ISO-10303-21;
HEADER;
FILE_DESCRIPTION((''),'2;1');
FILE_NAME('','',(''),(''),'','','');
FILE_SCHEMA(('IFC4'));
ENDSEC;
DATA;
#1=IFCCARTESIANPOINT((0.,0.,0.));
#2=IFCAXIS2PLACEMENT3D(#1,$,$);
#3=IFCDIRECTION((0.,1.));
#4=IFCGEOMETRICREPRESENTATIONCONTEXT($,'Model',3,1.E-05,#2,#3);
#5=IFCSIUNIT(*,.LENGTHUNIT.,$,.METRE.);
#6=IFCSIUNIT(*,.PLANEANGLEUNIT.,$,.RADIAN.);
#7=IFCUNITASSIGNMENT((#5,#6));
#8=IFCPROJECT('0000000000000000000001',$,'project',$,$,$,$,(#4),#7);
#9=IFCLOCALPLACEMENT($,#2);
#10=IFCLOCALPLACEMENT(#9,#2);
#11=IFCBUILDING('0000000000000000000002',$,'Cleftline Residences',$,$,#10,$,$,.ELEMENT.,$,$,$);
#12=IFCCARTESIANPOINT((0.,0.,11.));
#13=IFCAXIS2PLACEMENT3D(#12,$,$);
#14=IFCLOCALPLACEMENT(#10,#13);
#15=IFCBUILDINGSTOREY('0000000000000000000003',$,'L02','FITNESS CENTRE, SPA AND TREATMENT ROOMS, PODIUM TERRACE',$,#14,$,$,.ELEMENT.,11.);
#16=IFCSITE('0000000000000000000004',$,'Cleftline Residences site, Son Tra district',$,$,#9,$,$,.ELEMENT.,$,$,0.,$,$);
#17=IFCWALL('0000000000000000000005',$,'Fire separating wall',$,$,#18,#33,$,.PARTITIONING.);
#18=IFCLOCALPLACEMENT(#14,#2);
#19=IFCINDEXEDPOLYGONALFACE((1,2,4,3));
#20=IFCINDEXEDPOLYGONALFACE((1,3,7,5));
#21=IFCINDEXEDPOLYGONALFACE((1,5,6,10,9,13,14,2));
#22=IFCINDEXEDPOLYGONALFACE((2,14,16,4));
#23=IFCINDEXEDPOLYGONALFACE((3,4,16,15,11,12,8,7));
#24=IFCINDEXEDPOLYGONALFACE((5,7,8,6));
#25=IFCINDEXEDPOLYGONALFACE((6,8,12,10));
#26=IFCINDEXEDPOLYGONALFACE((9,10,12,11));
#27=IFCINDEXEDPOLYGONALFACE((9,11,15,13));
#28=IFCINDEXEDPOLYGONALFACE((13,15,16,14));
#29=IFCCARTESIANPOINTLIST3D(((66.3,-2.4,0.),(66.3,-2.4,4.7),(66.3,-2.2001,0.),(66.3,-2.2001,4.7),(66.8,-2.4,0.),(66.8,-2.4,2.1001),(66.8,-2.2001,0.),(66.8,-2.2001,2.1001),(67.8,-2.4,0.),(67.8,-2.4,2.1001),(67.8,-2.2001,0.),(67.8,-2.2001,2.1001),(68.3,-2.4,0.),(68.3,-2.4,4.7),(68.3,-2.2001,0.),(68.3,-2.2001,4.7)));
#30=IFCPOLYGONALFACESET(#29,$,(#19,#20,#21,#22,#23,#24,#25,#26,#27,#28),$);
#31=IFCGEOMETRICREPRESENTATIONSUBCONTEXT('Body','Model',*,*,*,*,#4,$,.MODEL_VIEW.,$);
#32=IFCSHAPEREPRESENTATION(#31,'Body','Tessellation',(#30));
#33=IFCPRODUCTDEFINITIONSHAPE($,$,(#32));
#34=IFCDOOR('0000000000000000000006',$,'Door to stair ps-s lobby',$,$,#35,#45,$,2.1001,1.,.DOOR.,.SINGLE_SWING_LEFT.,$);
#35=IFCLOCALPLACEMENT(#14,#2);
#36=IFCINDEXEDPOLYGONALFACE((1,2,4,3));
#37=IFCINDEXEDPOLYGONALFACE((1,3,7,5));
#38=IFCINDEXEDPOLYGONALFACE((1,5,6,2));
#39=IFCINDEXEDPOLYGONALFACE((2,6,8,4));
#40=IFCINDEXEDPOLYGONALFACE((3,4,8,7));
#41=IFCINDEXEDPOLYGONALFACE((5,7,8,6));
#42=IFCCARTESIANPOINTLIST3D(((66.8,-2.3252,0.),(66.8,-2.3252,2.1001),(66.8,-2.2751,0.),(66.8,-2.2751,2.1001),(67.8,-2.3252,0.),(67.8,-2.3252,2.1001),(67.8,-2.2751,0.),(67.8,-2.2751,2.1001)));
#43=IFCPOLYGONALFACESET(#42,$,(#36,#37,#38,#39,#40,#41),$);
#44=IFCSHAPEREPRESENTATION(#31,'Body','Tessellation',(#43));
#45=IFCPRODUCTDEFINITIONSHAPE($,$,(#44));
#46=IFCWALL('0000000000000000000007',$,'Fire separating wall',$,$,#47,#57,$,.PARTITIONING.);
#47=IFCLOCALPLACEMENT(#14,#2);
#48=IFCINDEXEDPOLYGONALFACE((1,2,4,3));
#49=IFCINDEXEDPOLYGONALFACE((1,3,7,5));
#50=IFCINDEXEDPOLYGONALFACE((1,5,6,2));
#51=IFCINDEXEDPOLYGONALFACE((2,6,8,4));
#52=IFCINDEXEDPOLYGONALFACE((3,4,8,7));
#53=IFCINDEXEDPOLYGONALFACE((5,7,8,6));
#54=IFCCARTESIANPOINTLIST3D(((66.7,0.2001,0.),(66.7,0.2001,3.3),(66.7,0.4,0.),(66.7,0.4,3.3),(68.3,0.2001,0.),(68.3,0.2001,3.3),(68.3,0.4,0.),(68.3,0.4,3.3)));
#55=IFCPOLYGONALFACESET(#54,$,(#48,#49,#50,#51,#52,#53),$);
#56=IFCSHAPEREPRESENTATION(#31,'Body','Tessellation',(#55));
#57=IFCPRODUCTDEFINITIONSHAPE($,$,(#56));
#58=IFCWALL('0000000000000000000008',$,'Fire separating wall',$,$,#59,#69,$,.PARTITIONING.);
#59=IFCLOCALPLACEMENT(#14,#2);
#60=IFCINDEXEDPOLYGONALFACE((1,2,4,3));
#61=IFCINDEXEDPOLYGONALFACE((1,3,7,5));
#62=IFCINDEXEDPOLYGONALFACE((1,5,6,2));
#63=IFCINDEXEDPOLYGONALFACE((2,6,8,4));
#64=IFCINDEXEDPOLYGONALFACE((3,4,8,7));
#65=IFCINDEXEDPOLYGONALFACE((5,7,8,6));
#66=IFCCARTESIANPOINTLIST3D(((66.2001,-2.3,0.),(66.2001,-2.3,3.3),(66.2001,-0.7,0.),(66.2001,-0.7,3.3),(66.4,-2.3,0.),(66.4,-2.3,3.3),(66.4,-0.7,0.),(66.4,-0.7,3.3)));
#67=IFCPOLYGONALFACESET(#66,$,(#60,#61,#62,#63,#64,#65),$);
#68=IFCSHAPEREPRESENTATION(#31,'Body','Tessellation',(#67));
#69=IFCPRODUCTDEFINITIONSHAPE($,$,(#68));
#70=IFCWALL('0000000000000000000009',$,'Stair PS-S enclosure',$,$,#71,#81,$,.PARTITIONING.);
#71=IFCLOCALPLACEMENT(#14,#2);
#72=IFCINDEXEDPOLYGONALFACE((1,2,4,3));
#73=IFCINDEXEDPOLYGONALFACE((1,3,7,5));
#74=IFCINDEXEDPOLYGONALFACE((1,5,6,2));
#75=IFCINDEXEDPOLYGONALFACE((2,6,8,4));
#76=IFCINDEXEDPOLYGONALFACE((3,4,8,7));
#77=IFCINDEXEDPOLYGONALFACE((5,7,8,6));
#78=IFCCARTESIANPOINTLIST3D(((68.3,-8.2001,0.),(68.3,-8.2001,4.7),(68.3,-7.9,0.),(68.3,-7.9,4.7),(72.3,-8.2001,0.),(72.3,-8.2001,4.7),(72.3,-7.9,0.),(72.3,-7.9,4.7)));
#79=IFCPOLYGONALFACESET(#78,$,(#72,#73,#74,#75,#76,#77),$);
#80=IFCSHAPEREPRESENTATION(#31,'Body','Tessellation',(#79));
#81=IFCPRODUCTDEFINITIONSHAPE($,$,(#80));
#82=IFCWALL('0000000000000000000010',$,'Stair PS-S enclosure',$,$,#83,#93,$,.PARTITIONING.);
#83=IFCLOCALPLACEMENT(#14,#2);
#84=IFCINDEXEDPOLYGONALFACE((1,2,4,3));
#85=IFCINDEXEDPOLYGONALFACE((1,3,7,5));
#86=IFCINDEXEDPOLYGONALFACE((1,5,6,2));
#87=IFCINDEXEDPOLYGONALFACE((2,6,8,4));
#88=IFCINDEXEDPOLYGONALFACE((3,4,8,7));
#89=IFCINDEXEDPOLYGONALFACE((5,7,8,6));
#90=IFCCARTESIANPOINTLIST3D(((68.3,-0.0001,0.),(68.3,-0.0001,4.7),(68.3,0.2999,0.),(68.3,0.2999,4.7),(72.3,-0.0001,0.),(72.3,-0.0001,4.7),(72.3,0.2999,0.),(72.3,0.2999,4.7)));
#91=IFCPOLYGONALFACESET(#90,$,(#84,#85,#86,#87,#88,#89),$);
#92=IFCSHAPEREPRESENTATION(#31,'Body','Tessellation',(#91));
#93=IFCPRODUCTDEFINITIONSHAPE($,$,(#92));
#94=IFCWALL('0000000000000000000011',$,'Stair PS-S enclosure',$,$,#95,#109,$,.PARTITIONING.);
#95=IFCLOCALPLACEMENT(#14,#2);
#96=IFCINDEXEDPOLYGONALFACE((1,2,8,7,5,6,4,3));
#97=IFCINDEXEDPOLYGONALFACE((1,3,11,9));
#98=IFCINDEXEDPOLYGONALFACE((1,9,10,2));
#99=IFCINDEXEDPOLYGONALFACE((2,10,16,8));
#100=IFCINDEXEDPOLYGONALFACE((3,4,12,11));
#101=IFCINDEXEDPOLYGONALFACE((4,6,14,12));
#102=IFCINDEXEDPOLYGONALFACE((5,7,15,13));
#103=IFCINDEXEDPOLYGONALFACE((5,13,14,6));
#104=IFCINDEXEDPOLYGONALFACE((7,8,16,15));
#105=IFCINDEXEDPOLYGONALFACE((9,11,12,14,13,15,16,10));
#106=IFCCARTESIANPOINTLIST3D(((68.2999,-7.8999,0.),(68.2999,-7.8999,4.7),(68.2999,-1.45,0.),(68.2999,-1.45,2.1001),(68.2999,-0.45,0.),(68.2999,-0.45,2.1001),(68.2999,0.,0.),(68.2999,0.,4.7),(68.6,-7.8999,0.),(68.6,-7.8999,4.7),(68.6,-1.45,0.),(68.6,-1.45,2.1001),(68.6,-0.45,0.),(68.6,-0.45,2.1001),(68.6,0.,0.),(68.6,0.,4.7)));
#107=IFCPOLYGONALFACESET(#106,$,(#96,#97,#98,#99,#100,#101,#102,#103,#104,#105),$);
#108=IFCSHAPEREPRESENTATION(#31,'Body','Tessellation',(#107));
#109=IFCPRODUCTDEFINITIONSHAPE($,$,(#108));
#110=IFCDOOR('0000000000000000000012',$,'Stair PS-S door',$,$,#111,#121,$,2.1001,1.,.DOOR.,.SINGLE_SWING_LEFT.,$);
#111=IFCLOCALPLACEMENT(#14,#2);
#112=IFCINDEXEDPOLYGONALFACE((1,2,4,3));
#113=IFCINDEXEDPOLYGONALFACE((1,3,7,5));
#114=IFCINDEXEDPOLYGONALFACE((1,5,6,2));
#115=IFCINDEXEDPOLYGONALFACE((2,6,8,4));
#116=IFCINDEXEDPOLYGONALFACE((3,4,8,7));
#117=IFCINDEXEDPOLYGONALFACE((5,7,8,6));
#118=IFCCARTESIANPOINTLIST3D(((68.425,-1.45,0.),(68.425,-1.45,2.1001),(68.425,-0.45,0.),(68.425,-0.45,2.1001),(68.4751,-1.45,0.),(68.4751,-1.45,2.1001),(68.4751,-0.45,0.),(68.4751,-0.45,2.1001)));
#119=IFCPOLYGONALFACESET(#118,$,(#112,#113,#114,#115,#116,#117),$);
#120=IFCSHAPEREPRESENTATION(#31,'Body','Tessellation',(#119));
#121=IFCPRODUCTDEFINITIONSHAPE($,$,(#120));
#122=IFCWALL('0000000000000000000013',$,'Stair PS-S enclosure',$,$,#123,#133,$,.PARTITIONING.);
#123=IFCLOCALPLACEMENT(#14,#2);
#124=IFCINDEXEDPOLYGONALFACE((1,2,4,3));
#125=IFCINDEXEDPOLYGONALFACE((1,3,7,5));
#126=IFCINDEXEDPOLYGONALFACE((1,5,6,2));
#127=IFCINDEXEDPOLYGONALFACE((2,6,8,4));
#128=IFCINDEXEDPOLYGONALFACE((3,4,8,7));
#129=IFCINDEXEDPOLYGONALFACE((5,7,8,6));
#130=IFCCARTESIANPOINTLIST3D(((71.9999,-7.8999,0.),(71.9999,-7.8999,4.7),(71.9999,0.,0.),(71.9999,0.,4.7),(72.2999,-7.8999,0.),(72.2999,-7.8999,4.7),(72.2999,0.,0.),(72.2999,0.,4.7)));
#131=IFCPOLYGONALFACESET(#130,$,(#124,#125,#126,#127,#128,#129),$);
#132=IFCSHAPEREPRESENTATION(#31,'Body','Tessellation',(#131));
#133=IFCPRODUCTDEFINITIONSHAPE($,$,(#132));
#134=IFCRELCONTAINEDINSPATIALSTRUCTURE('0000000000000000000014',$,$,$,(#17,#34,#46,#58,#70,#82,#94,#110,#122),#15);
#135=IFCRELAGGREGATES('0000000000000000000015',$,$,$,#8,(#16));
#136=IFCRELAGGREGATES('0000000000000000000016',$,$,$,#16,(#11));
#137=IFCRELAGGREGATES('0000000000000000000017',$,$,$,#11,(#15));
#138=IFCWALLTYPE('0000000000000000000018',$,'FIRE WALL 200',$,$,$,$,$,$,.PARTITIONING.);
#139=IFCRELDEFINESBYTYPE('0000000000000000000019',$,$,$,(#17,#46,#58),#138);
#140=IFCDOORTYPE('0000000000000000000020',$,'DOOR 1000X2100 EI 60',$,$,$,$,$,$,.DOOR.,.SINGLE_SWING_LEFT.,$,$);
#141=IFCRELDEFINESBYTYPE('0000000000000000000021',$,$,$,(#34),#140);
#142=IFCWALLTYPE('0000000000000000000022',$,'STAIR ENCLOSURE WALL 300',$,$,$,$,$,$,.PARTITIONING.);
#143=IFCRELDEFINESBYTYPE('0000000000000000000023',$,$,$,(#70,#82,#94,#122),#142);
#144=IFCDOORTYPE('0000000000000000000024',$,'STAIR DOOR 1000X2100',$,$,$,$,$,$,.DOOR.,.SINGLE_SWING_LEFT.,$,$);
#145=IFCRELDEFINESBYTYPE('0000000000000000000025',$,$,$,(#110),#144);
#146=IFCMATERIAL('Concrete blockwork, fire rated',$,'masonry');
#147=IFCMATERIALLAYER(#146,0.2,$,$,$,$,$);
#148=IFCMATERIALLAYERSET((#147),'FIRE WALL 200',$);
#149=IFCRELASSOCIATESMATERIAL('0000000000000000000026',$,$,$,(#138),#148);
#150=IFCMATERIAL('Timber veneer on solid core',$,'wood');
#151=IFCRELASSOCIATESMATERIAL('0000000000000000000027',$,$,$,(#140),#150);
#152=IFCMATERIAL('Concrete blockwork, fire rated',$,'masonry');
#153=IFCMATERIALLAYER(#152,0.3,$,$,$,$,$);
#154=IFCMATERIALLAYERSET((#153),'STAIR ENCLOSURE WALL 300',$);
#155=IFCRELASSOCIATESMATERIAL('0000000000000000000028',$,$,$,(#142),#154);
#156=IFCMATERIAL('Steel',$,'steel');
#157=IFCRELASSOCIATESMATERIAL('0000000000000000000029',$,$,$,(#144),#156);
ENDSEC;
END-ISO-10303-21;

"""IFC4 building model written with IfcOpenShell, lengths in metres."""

from ifc_helpers import new_model, si_unit, direction, frame, frame_2d, origin, place, context, subcontext, project, spatial, rectangle, extrude, material, layer, layer_set, type_object, element, fill, save


model = new_model("IFC4")

# Units and contexts
model_context = context("Model", 3, precision=1e-05, world=origin(), true_north=direction((0.0, 1.0)))
body_context = subcontext(model_context, "Body", "Model", "MODEL_VIEW")
ifc_project = project(units=[si_unit("LENGTHUNIT", "METRE"), si_unit("PLANEANGLEUNIT", "RADIAN")], contexts=[model_context])

# Site, building, storey
site_placement = place(None, origin())
site = spatial("IfcSite", under=ifc_project, at=site_placement, Name="Cleftline Residences site, Son Tra district", CompositionType="ELEMENT", RefElevation=0.0)
building_placement = place(site_placement, origin())
building = spatial("IfcBuilding", under=site, at=building_placement, Name="Cleftline Residences", CompositionType="ELEMENT")
storey_placement = place(building_placement, frame((0.0, 0.0, 11.0)))
storey = spatial("IfcBuildingStorey", under=building, at=storey_placement, Name="L02", Description="FITNESS CENTRE, SPA AND TREATMENT ROOMS, PODIUM TERRACE", CompositionType="ELEMENT", Elevation=11.0)

# Wall, opening, door
ifc_material_1 = material(Name="Concrete blockwork, fire rated", Category="masonry")
ifc_layer_1 = layer(ifc_material_1, 0.2)
ifc_layer_set_1 = layer_set([ifc_layer_1], Name="FIRE WALL 200")
wall_type_1 = type_object("IfcWallType", Name="FIRE WALL 200", PredefinedType="PARTITIONING", material=ifc_layer_set_1)
wall_1_placement = place(storey_placement, frame((66.3, -2.3, 0.0), z_axis=(0.0, 0.0, 1.0), x_axis=(1.0, 0.0, 0.0)))
wall_1 = element("IfcWall", 1, at=wall_1_placement, inside=storey, type_object=wall_type_1, Name="Fire separating wall", PredefinedType="PARTITIONING", context=body_context, shape_type="SweptSolid", body=[
    extrude(rectangle(XDim=2.0, YDim=0.2, at=frame_2d((1.0, 0.0))), origin(), (0.0, 0.0, 1.0), 4.7),
])
opening_1_placement = place(wall_1_placement, frame((0.5, 0.0, 0.0)))
opening_1 = element("IfcOpeningElement", 2, at=opening_1_placement, cuts=wall_1, PredefinedType="OPENING", context=body_context, shape_type="SweptSolid", body=[
    extrude(rectangle(XDim=1.0, YDim=2.1001, at=frame_2d((0.5, 1.05))), frame((0.0, 0.1099, 0.0), z_axis=(0.0, -1.0, 0.0), x_axis=(1.0, 0.0, 0.0)), (0.0, 0.0, 1.0), 0.22),
])
ifc_material_2 = material(Name="Timber veneer on solid core", Category="wood")
door_type_1 = type_object("IfcDoorType", Name="DOOR 1000X2100 EI 60", OperationType="SINGLE_SWING_LEFT", PredefinedType="DOOR", material=ifc_material_2)
door_1_placement = place(opening_1_placement, origin())
door_1 = element("IfcDoor", 3, at=door_1_placement, inside=storey, type_object=door_type_1, Name="Door to stair ps-s lobby", OperationType="SINGLE_SWING_LEFT", OverallHeight=2.1001, OverallWidth=1.0, PredefinedType="DOOR", context=body_context, shape_type="SweptSolid", body=[
    extrude(rectangle(XDim=1.0, YDim=2.1001, at=frame_2d((0.5, 1.05))), frame((0.0, 0.0249, 0.0), z_axis=(0.0, -1.0, 0.0), x_axis=(1.0, 0.0, 0.0)), (0.0, 0.0, 1.0), 0.05),
])
fill(opening_1, door_1)

# Walls
for number, where, z_axis, x_axis, name in (
    (4, (66.7, 0.3, 0.0), (0.0, 0.0, 1.0), (1.0, 0.0, 0.0), "Fire separating wall"),
    (5, (66.3, -2.3, 0.0), (0.0, 0.0, 1.0), (0.0, 1.0, 0.0), "Fire separating wall"),
):
    element("IfcWall", number, at=place(storey_placement, frame(where, z_axis=z_axis, x_axis=x_axis)), inside=storey, type_object=wall_type_1, Name=name, PredefinedType="PARTITIONING", context=body_context, shape_type="SweptSolid", body=[
        extrude(rectangle(XDim=1.6001, YDim=0.2, at=frame_2d((0.8, 0.0))), origin(), (0.0, 0.0, 1.0), 3.3),
    ])
ifc_material_3 = material(Name="Concrete blockwork, fire rated", Category="masonry")
ifc_layer_2 = layer(ifc_material_3, 0.3)
ifc_layer_set_2 = layer_set([ifc_layer_2], Name="STAIR ENCLOSURE WALL 300")
wall_type_2 = type_object("IfcWallType", Name="STAIR ENCLOSURE WALL 300", PredefinedType="PARTITIONING", material=ifc_layer_set_2)
for number, where, z_axis, x_axis, name in (
    (6, (68.3, -8.05, 0.0), (0.0, 0.0, 1.0), (1.0, 0.0, 0.0), "Stair PS-S enclosure"),
    (7, (68.3, 0.1499, 0.0), (0.0, 0.0, 1.0), (1.0, 0.0, 0.0), "Stair PS-S enclosure"),
):
    element("IfcWall", number, at=place(storey_placement, frame(where, z_axis=z_axis, x_axis=x_axis)), inside=storey, type_object=wall_type_2, Name=name, PredefinedType="PARTITIONING", context=body_context, shape_type="SweptSolid", body=[
        extrude(rectangle(XDim=4.0, YDim=0.3, at=frame_2d((2.0, 0.0))), origin(), (0.0, 0.0, 1.0), 4.7),
    ])

# Wall, opening, door
wall_2_placement = place(storey_placement, frame((68.45, -7.8999, 0.0), z_axis=(0.0, 0.0, 1.0), x_axis=(0.0, 1.0, 0.0)))
wall_2 = element("IfcWall", 8, at=wall_2_placement, inside=storey, type_object=wall_type_2, Name="Stair PS-S enclosure", PredefinedType="PARTITIONING", context=body_context, shape_type="SweptSolid", body=[
    extrude(rectangle(XDim=7.8999, YDim=0.3, at=frame_2d((3.95, 0.0))), origin(), (0.0, 0.0, 1.0), 4.7),
])
opening_2_placement = place(wall_2_placement, frame((6.45, 0.0, 0.0)))
opening_2 = element("IfcOpeningElement", 9, at=opening_2_placement, cuts=wall_2, PredefinedType="OPENING", context=body_context, shape_type="SweptSolid", body=[
    extrude(rectangle(XDim=1.0, YDim=2.1001, at=frame_2d((0.5, 1.05))), frame((0.0, 0.1599, 0.0), z_axis=(0.0, -1.0, 0.0), x_axis=(1.0, 0.0, 0.0)), (0.0, 0.0, 1.0), 0.3201),
])
ifc_material_4 = material(Name="Steel", Category="steel")
door_type_2 = type_object("IfcDoorType", Name="STAIR DOOR 1000X2100", OperationType="SINGLE_SWING_LEFT", PredefinedType="DOOR", material=ifc_material_4)
door_2_placement = place(opening_2_placement, origin())
door_2 = element("IfcDoor", 10, at=door_2_placement, inside=storey, type_object=door_type_2, Name="Stair PS-S door", OperationType="SINGLE_SWING_LEFT", OverallHeight=2.1001, OverallWidth=1.0, PredefinedType="DOOR", context=body_context, shape_type="SweptSolid", body=[
    extrude(rectangle(XDim=1.0, YDim=2.1001, at=frame_2d((0.5, 1.05))), frame((0.0, 0.0249, 0.0), z_axis=(0.0, -1.0, 0.0), x_axis=(1.0, 0.0, 0.0)), (0.0, 0.0, 1.0), 0.05),
])
fill(opening_2, door_2)

# Wall
wall_3_placement = place(storey_placement, frame((72.1499, -7.8999, 0.0), z_axis=(0.0, 0.0, 1.0), x_axis=(0.0, 1.0, 0.0)))
element("IfcWall", 11, at=wall_3_placement, inside=storey, type_object=wall_type_2, Name="Stair PS-S enclosure", PredefinedType="PARTITIONING", context=body_context, shape_type="SweptSolid", body=[
    extrude(rectangle(XDim=7.8999, YDim=0.3, at=frame_2d((3.95, 0.0))), origin(), (0.0, 0.0, 1.0), 4.7),
])

save(model, "model.ifc")
